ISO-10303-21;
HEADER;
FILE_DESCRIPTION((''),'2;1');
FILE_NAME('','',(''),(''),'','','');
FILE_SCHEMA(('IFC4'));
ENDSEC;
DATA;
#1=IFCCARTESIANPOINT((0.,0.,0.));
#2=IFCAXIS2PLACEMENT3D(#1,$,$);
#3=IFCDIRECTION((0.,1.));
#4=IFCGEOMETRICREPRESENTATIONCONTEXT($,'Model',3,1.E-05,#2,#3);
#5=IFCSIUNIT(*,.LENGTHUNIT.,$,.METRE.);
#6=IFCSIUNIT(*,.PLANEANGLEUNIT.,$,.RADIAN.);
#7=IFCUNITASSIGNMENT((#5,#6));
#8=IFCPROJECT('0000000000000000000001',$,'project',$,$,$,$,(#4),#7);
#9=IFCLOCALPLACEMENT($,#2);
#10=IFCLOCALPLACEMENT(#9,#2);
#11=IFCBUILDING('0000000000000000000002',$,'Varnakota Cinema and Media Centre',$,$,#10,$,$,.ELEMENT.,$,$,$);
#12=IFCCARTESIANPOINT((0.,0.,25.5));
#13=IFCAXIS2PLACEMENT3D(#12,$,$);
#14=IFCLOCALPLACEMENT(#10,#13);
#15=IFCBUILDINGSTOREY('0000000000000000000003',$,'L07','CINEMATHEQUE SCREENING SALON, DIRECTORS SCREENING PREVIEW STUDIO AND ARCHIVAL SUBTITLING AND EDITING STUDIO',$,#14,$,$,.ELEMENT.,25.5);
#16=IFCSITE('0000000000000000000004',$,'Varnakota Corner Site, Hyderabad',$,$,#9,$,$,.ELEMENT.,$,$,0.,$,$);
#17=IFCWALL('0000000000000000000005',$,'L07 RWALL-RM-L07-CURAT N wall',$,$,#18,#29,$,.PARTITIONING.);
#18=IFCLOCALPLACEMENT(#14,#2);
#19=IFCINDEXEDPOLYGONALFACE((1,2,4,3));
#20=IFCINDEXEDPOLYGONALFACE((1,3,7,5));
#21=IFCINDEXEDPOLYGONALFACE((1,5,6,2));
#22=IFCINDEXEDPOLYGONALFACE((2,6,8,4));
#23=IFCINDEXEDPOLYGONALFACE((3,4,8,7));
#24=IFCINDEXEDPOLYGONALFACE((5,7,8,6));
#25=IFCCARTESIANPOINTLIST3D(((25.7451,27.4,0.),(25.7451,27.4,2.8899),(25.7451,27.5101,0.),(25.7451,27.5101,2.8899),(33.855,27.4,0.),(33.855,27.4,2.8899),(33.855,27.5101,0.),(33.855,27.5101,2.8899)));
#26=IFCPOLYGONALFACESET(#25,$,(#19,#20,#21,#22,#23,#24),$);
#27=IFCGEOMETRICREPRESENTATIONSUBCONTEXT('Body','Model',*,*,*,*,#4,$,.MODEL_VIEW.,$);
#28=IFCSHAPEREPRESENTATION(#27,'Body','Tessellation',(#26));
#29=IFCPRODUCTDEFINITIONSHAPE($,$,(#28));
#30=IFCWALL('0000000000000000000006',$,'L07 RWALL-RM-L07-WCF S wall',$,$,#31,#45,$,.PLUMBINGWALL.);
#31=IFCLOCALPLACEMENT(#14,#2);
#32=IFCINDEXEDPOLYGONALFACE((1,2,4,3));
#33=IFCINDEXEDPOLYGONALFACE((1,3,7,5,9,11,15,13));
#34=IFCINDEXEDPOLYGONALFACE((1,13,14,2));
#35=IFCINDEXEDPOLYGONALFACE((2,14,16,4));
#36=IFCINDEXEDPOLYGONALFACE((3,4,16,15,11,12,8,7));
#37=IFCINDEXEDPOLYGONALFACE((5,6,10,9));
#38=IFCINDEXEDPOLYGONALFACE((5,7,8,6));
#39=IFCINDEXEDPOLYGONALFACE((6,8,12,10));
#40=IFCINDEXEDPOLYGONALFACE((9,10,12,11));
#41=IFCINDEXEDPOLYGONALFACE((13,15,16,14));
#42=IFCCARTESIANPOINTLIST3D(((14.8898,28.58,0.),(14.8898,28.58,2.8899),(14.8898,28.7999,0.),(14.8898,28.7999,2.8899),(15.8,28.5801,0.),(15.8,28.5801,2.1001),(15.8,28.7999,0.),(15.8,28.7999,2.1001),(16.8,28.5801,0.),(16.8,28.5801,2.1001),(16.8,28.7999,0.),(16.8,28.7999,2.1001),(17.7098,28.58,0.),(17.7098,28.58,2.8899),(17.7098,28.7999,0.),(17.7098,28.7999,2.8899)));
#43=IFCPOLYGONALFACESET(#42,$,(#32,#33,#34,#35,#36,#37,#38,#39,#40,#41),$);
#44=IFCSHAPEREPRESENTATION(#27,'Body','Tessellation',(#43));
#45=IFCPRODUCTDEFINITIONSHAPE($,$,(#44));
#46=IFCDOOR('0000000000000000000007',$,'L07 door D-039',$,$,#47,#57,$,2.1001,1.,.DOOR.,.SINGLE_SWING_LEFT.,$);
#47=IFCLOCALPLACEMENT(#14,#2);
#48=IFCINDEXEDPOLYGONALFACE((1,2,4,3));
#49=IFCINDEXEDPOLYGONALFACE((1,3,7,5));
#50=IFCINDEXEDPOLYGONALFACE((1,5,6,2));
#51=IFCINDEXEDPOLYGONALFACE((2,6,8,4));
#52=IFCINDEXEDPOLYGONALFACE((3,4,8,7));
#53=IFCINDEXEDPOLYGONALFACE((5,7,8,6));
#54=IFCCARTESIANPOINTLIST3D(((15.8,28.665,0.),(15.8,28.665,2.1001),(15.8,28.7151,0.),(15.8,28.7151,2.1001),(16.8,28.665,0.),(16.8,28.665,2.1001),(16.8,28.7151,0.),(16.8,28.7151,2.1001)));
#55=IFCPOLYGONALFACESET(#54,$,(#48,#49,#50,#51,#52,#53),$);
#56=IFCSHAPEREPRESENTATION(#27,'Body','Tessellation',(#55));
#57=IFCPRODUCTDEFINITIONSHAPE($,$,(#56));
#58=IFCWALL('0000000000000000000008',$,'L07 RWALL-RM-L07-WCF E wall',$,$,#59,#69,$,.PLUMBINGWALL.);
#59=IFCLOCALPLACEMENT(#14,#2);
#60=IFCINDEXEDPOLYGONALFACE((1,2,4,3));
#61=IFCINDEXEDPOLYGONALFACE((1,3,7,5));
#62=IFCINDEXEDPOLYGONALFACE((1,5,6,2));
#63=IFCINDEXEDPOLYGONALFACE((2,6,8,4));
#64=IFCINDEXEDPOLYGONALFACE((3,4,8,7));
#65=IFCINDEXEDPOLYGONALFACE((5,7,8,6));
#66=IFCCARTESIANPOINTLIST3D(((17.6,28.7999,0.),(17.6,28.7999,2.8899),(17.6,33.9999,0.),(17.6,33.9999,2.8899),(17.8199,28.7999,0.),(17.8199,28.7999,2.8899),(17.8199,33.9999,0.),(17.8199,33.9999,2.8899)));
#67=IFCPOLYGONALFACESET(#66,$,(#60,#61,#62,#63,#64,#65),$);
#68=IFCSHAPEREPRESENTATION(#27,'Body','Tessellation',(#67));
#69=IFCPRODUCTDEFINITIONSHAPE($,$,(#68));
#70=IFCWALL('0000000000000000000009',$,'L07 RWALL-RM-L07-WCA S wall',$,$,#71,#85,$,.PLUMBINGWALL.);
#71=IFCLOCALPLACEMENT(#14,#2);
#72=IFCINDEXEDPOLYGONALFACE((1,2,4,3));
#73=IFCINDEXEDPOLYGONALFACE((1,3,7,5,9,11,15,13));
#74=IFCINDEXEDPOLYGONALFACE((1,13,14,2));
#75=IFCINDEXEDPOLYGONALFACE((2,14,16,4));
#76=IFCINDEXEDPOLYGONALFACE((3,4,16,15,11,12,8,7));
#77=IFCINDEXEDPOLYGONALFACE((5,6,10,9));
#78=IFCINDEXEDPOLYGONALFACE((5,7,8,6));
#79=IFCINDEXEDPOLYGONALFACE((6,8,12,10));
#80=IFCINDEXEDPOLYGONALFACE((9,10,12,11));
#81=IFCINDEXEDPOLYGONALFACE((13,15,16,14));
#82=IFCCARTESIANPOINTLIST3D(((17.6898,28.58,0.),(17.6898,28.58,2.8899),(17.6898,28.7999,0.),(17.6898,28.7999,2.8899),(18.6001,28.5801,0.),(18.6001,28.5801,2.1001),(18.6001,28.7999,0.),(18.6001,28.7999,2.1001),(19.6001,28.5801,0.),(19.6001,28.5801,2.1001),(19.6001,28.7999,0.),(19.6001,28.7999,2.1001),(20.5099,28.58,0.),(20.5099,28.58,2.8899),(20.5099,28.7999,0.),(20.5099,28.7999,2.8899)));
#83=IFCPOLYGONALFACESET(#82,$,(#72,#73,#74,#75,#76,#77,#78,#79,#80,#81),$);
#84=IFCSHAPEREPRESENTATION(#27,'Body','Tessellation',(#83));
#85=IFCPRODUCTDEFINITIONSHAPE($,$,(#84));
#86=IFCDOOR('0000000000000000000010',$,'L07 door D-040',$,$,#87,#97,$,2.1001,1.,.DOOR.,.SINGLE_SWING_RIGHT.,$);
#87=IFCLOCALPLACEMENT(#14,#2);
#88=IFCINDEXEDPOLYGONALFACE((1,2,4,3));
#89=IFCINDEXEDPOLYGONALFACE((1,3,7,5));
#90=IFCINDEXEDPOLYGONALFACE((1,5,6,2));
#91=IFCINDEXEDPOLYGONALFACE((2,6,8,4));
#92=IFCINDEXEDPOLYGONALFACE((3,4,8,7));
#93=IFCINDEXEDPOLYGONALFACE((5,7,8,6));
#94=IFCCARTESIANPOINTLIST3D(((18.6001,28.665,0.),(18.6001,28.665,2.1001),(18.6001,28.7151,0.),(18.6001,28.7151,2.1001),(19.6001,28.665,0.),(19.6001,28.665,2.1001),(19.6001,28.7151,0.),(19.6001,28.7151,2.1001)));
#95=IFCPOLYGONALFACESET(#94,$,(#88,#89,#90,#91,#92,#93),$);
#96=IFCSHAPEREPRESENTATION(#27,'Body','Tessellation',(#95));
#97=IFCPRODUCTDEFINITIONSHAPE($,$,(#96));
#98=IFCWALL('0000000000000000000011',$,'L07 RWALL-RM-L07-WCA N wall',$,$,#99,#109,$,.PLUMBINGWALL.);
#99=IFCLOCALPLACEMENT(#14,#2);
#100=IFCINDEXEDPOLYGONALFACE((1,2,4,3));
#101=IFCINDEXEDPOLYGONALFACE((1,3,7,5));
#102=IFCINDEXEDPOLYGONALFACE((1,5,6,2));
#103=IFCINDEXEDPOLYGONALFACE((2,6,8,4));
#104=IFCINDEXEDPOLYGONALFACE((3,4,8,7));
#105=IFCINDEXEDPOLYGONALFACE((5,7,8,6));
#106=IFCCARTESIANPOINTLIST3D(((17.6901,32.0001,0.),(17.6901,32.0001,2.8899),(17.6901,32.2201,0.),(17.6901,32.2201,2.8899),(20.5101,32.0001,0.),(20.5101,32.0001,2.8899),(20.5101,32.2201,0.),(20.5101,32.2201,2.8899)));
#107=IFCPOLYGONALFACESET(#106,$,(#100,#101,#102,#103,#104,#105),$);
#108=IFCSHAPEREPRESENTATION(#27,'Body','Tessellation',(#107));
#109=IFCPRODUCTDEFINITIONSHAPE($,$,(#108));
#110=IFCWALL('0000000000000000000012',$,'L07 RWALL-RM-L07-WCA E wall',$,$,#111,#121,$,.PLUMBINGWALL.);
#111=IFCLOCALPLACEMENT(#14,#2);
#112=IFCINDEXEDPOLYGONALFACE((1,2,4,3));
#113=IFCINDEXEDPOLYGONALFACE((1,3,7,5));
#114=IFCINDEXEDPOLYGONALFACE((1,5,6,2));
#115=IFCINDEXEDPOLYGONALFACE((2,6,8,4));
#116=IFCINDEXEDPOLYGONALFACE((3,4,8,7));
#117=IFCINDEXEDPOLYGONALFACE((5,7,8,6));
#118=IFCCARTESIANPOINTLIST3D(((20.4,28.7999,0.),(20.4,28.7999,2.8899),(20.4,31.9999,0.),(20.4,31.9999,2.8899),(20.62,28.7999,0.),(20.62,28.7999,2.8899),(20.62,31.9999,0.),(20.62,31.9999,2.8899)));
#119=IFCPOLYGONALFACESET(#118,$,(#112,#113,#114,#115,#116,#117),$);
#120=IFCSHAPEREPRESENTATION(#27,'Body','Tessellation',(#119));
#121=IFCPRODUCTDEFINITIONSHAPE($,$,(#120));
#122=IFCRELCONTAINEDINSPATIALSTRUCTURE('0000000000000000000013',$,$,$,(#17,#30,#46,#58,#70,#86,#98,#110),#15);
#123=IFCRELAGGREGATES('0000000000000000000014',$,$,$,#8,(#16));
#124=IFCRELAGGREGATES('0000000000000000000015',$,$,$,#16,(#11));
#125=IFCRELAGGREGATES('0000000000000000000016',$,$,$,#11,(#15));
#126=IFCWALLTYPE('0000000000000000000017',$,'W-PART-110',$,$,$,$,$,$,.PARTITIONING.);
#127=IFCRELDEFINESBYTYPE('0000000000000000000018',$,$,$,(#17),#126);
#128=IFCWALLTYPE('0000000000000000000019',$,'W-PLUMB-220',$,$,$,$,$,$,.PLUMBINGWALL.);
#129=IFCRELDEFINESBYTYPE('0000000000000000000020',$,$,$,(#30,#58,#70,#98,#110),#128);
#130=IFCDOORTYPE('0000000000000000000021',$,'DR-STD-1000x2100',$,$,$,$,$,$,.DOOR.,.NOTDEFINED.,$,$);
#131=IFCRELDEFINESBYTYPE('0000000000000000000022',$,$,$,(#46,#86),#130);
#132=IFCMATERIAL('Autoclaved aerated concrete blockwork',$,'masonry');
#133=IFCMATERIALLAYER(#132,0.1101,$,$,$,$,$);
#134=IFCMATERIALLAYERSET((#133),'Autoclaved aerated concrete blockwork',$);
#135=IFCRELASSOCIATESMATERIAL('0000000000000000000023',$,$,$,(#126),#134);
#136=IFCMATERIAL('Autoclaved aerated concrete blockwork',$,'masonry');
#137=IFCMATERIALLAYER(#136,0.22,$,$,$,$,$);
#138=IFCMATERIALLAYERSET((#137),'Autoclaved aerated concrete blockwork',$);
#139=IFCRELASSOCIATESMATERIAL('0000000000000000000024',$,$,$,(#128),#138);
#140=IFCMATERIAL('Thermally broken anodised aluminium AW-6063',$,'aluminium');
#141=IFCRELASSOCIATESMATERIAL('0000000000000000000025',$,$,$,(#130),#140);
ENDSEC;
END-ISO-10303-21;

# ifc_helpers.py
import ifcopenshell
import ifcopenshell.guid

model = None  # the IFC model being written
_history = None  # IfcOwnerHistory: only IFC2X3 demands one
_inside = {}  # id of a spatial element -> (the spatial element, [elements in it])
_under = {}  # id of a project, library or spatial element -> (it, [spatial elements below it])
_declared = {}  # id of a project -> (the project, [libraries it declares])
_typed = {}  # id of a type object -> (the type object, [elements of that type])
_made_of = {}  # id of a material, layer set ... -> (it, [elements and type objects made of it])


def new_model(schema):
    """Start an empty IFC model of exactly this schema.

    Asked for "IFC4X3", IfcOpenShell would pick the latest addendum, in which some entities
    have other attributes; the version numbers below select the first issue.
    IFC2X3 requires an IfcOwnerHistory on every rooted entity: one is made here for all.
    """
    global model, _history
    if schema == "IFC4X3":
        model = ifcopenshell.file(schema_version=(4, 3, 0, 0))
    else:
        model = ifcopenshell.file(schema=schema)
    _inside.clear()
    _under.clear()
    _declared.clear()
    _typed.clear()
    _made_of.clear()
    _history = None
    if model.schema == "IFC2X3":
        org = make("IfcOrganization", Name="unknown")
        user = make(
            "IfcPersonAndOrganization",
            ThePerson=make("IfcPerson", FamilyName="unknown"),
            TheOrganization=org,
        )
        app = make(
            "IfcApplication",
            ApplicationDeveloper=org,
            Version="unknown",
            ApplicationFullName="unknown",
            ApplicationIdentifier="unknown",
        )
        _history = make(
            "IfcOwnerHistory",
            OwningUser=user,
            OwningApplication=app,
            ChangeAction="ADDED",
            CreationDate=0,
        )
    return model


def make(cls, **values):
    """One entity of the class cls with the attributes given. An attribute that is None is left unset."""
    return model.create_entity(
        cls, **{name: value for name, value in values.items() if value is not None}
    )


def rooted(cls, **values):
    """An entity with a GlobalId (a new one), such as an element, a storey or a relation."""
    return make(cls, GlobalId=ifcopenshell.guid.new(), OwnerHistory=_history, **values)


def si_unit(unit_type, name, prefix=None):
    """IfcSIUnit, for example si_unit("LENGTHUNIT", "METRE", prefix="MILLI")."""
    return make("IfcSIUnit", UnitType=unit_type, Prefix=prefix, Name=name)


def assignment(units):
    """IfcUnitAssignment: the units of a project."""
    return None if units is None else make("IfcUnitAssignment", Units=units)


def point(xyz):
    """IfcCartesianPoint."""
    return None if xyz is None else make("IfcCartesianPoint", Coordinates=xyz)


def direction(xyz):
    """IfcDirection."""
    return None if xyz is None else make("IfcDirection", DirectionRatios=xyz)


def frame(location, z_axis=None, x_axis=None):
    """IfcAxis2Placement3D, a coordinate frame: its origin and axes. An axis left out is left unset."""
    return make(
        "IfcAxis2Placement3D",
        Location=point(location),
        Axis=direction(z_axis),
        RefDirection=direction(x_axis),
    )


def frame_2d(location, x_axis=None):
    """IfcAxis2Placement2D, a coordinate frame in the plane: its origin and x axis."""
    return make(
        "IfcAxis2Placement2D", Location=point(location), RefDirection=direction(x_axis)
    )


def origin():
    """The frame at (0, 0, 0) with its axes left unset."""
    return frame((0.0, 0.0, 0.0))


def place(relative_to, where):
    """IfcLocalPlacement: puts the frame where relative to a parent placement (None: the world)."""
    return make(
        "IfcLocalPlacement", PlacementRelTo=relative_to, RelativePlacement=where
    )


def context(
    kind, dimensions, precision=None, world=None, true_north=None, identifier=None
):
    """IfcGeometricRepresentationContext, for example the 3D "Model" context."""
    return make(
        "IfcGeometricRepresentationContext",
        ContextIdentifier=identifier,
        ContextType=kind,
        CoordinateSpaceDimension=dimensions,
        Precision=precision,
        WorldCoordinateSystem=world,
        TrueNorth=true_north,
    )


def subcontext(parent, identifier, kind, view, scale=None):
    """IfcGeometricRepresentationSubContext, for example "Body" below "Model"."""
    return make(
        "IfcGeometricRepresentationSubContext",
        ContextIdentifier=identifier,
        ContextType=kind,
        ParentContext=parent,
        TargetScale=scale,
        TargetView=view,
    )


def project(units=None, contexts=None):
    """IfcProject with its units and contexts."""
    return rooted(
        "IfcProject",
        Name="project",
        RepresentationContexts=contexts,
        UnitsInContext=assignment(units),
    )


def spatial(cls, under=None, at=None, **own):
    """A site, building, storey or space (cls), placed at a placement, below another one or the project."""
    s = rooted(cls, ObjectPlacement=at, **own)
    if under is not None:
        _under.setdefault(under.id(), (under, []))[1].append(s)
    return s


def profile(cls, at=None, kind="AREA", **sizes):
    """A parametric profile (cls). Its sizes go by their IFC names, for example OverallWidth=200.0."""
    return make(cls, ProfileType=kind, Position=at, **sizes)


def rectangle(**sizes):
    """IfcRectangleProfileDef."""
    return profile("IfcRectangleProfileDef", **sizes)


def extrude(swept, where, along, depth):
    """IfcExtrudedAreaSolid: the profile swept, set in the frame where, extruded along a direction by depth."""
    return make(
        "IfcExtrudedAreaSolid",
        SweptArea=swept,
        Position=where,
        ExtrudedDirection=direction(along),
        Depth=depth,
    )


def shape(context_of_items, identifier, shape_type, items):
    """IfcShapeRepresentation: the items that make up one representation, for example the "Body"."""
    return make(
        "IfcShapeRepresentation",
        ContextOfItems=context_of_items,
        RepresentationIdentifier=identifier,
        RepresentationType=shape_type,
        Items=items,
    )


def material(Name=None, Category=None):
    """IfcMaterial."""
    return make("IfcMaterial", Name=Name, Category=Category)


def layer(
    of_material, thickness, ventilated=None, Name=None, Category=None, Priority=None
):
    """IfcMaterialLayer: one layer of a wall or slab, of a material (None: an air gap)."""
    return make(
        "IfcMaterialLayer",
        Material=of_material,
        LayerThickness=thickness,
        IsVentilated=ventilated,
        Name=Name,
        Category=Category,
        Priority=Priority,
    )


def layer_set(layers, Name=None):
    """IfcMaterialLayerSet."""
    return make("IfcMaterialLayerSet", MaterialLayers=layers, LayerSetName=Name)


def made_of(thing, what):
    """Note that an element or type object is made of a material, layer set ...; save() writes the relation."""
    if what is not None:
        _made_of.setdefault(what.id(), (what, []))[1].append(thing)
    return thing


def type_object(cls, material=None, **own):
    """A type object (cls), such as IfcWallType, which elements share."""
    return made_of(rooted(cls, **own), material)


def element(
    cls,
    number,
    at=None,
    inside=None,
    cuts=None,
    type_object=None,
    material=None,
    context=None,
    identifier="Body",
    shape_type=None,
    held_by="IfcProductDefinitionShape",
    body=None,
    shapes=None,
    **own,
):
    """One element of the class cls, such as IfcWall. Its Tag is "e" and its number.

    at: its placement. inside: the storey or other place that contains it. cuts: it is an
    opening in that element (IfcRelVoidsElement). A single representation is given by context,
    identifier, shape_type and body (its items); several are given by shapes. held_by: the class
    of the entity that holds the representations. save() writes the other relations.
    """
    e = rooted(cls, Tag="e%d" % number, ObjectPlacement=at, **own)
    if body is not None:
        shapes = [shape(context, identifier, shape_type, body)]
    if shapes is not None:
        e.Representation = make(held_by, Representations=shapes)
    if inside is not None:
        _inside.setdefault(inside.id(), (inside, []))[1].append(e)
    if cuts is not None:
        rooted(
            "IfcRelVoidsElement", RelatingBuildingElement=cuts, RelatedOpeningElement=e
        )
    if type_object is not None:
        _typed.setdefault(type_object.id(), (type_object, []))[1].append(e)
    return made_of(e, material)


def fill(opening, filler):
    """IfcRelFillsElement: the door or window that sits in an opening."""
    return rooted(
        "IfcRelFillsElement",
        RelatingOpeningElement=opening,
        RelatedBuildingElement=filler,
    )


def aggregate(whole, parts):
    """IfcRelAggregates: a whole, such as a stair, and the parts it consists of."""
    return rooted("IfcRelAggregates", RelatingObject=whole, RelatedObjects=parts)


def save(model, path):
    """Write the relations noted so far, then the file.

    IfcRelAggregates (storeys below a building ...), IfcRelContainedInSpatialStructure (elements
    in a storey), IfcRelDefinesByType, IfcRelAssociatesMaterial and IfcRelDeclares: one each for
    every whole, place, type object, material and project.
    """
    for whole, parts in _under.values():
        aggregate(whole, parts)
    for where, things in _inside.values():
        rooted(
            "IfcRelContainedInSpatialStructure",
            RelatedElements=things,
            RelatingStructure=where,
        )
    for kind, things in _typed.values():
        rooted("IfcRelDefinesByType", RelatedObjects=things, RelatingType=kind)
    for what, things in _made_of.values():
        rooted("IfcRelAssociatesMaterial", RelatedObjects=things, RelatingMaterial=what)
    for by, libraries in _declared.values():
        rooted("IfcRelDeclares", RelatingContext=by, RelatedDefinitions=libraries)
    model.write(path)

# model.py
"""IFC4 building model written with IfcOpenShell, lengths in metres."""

from ifc_helpers import new_model, si_unit, direction, frame, frame_2d, origin, place, context, subcontext, project, spatial, rectangle, extrude, material, layer, layer_set, type_object, element, fill, save


model = new_model("IFC4")

# Units and contexts
model_context = context("Model", 3, precision=1e-05, world=origin(), true_north=direction((0.0, 1.0)))
body_context = subcontext(model_context, "Body", "Model", "MODEL_VIEW")
ifc_project = project(units=[si_unit("LENGTHUNIT", "METRE"), si_unit("PLANEANGLEUNIT", "RADIAN")], contexts=[model_context])

# Site, building, storey
site_placement = place(None, origin())
site = spatial("IfcSite", under=ifc_project, at=site_placement, Name="Varnakota Corner Site, Hyderabad", CompositionType="ELEMENT", RefElevation=0.0)
building_placement = place(site_placement, origin())
building = spatial("IfcBuilding", under=site, at=building_placement, Name="Varnakota Cinema and Media Centre", CompositionType="ELEMENT")
storey_placement = place(building_placement, frame((0.0, 0.0, 25.5)))
storey = spatial("IfcBuildingStorey", under=building, at=storey_placement, Name="L07", Description="CINEMATHEQUE SCREENING SALON, DIRECTORS SCREENING PREVIEW STUDIO AND ARCHIVAL SUBTITLING AND EDITING STUDIO", CompositionType="ELEMENT", Elevation=25.5)

# Wall
ifc_material_1 = material(Name="Autoclaved aerated concrete blockwork", Category="masonry")
ifc_layer_1 = layer(ifc_material_1, 0.1101)
ifc_layer_set_1 = layer_set([ifc_layer_1], Name="Autoclaved aerated concrete blockwork")
wall_type_1 = type_object("IfcWallType", Name="W-PART-110", PredefinedType="PARTITIONING", material=ifc_layer_set_1)
wall_1_placement = place(storey_placement, frame((25.7451, 27.4551, 0.0), z_axis=(0.0, 0.0, 1.0), x_axis=(1.0, 0.0, 0.0)))
element("IfcWall", 1, at=wall_1_placement, inside=storey, type_object=wall_type_1, Name="L07 RWALL-RM-L07-CURAT N wall", PredefinedType="PARTITIONING", context=body_context, shape_type="SweptSolid", body=[
    extrude(rectangle(XDim=8.1099, YDim=0.1101, at=frame_2d((4.0549, 0.0))), origin(), (0.0, 0.0, 1.0), 2.8899),
])

# Wall, opening, door
ifc_material_2 = material(Name="Autoclaved aerated concrete blockwork", Category="masonry")
ifc_layer_2 = layer(ifc_material_2, 0.22)
ifc_layer_set_2 = layer_set([ifc_layer_2], Name="Autoclaved aerated concrete blockwork")
wall_type_2 = type_object("IfcWallType", Name="W-PLUMB-220", PredefinedType="PLUMBINGWALL", material=ifc_layer_set_2)
wall_2_placement = place(storey_placement, frame((17.71, 28.6899, 0.0), z_axis=(0.0, 0.0, 1.0), x_axis=(-1.0, 0.0, 0.0)))
wall_2 = element("IfcWall", 2, at=wall_2_placement, inside=storey, type_object=wall_type_2, Name="L07 RWALL-RM-L07-WCF S wall", PredefinedType="PLUMBINGWALL", context=body_context, shape_type="SweptSolid", body=[
    extrude(rectangle(XDim=2.8201, YDim=0.22, at=frame_2d((1.4102, 0.0))), origin(), (0.0, 0.0, 1.0), 2.8899),
])
opening_1_placement = place(wall_2_placement, frame((0.9099, 0.0, 0.0)))
opening_1 = element("IfcOpeningElement", 3, at=opening_1_placement, cuts=wall_2, PredefinedType="OPENING", context=body_context, shape_type="SweptSolid", body=[
    extrude(rectangle(XDim=1.0, YDim=2.1001, at=frame_2d((0.5, 1.05))), frame((0.0, 0.1099, 0.0), z_axis=(0.0, -1.0, 0.0), x_axis=(1.0, 0.0, 0.0)), (0.0, 0.0, 1.0), 0.22),
])
ifc_material_3 = material(Name="Thermally broken anodised aluminium AW-6063", Category="aluminium")
door_type_1 = type_object("IfcDoorType", Name="DR-STD-1000x2100", OperationType="NOTDEFINED", PredefinedType="DOOR", material=ifc_material_3)
door_1_placement = place(opening_1_placement, origin())
door_1 = element("IfcDoor", 4, at=door_1_placement, inside=storey, type_object=door_type_1, Name="L07 door D-039", OperationType="SINGLE_SWING_LEFT", OverallHeight=2.1001, OverallWidth=1.0, PredefinedType="DOOR", context=body_context, shape_type="SweptSolid", body=[
    extrude(rectangle(XDim=1.0, YDim=2.1001, at=frame_2d((0.5, 1.05))), frame((0.0, 0.0249, 0.0), z_axis=(0.0, -1.0, 0.0), x_axis=(1.0, 0.0, 0.0)), (0.0, 0.0, 1.0), 0.05),
])
fill(opening_1, door_1)

# Wall
wall_3_placement = place(storey_placement, frame((17.71, 34.0, 0.0), z_axis=(0.0, 0.0, 1.0), x_axis=(0.0, -1.0, 0.0)))
element("IfcWall", 5, at=wall_3_placement, inside=storey, type_object=wall_type_2, Name="L07 RWALL-RM-L07-WCF E wall", PredefinedType="PLUMBINGWALL", context=body_context, shape_type="SweptSolid", body=[
    extrude(rectangle(XDim=5.2, YDim=0.22, at=frame_2d((2.6001, 0.0))), origin(), (0.0, 0.0, 1.0), 2.8899),
])

# Wall, opening, door
wall_4_placement = place(storey_placement, frame((20.51, 28.6899, 0.0), z_axis=(0.0, 0.0, 1.0), x_axis=(-1.0, 0.0, 0.0)))
wall_4 = element("IfcWall", 6, at=wall_4_placement, inside=storey, type_object=wall_type_2, Name="L07 RWALL-RM-L07-WCA S wall", PredefinedType="PLUMBINGWALL", context=body_context, shape_type="SweptSolid", body=[
    extrude(rectangle(XDim=2.8201, YDim=0.22, at=frame_2d((1.4102, 0.0))), origin(), (0.0, 0.0, 1.0), 2.8899),
])
opening_2_placement = place(wall_4_placement, frame((0.9099, 0.0, 0.0)))
opening_2 = element("IfcOpeningElement", 7, at=opening_2_placement, cuts=wall_4, PredefinedType="OPENING", context=body_context, shape_type="SweptSolid", body=[
    extrude(rectangle(XDim=1.0, YDim=2.1001, at=frame_2d((0.5, 1.05))), frame((0.0, 0.1099, 0.0), z_axis=(0.0, -1.0, 0.0), x_axis=(1.0, 0.0, 0.0)), (0.0, 0.0, 1.0), 0.22),
])
door_2_placement = place(opening_2_placement, origin())
door_2 = element("IfcDoor", 8, at=door_2_placement, inside=storey, type_object=door_type_1, Name="L07 door D-040", OperationType="SINGLE_SWING_RIGHT", OverallHeight=2.1001, OverallWidth=1.0, PredefinedType="DOOR", context=body_context, shape_type="SweptSolid", body=[
    extrude(rectangle(XDim=1.0, YDim=2.1001, at=frame_2d((0.5, 1.05))), frame((0.0, 0.0249, 0.0), z_axis=(0.0, -1.0, 0.0), x_axis=(1.0, 0.0, 0.0)), (0.0, 0.0, 1.0), 0.05),
])
fill(opening_2, door_2)

# Walls
wall_5_placement = place(storey_placement, frame((17.6899, 32.1101, 0.0), z_axis=(0.0, 0.0, 1.0), x_axis=(1.0, 0.0, 0.0)))
element("IfcWall", 9, at=wall_5_placement, inside=storey, type_object=wall_type_2, Name="L07 RWALL-RM-L07-WCA N wall", PredefinedType="PLUMBINGWALL", context=body_context, shape_type="SweptSolid", body=[
    extrude(rectangle(XDim=2.8201, YDim=0.22, at=frame_2d((1.4102, 0.0))), origin(), (0.0, 0.0, 1.0), 2.8899),
])
wall_6_placement = place(storey_placement, frame((20.51, 32.0, 0.0), z_axis=(0.0, 0.0, 1.0), x_axis=(0.0, -1.0, 0.0)))
element("IfcWall", 10, at=wall_6_placement, inside=storey, type_object=wall_type_2, Name="L07 RWALL-RM-L07-WCA E wall", PredefinedType="PLUMBINGWALL", context=body_context, shape_type="SweptSolid", body=[
    extrude(rectangle(XDim=3.2, YDim=0.22, at=frame_2d((1.6001, 0.0))), origin(), (0.0, 0.0, 1.0), 2.8899),
])

save(model, "model.ifc")
